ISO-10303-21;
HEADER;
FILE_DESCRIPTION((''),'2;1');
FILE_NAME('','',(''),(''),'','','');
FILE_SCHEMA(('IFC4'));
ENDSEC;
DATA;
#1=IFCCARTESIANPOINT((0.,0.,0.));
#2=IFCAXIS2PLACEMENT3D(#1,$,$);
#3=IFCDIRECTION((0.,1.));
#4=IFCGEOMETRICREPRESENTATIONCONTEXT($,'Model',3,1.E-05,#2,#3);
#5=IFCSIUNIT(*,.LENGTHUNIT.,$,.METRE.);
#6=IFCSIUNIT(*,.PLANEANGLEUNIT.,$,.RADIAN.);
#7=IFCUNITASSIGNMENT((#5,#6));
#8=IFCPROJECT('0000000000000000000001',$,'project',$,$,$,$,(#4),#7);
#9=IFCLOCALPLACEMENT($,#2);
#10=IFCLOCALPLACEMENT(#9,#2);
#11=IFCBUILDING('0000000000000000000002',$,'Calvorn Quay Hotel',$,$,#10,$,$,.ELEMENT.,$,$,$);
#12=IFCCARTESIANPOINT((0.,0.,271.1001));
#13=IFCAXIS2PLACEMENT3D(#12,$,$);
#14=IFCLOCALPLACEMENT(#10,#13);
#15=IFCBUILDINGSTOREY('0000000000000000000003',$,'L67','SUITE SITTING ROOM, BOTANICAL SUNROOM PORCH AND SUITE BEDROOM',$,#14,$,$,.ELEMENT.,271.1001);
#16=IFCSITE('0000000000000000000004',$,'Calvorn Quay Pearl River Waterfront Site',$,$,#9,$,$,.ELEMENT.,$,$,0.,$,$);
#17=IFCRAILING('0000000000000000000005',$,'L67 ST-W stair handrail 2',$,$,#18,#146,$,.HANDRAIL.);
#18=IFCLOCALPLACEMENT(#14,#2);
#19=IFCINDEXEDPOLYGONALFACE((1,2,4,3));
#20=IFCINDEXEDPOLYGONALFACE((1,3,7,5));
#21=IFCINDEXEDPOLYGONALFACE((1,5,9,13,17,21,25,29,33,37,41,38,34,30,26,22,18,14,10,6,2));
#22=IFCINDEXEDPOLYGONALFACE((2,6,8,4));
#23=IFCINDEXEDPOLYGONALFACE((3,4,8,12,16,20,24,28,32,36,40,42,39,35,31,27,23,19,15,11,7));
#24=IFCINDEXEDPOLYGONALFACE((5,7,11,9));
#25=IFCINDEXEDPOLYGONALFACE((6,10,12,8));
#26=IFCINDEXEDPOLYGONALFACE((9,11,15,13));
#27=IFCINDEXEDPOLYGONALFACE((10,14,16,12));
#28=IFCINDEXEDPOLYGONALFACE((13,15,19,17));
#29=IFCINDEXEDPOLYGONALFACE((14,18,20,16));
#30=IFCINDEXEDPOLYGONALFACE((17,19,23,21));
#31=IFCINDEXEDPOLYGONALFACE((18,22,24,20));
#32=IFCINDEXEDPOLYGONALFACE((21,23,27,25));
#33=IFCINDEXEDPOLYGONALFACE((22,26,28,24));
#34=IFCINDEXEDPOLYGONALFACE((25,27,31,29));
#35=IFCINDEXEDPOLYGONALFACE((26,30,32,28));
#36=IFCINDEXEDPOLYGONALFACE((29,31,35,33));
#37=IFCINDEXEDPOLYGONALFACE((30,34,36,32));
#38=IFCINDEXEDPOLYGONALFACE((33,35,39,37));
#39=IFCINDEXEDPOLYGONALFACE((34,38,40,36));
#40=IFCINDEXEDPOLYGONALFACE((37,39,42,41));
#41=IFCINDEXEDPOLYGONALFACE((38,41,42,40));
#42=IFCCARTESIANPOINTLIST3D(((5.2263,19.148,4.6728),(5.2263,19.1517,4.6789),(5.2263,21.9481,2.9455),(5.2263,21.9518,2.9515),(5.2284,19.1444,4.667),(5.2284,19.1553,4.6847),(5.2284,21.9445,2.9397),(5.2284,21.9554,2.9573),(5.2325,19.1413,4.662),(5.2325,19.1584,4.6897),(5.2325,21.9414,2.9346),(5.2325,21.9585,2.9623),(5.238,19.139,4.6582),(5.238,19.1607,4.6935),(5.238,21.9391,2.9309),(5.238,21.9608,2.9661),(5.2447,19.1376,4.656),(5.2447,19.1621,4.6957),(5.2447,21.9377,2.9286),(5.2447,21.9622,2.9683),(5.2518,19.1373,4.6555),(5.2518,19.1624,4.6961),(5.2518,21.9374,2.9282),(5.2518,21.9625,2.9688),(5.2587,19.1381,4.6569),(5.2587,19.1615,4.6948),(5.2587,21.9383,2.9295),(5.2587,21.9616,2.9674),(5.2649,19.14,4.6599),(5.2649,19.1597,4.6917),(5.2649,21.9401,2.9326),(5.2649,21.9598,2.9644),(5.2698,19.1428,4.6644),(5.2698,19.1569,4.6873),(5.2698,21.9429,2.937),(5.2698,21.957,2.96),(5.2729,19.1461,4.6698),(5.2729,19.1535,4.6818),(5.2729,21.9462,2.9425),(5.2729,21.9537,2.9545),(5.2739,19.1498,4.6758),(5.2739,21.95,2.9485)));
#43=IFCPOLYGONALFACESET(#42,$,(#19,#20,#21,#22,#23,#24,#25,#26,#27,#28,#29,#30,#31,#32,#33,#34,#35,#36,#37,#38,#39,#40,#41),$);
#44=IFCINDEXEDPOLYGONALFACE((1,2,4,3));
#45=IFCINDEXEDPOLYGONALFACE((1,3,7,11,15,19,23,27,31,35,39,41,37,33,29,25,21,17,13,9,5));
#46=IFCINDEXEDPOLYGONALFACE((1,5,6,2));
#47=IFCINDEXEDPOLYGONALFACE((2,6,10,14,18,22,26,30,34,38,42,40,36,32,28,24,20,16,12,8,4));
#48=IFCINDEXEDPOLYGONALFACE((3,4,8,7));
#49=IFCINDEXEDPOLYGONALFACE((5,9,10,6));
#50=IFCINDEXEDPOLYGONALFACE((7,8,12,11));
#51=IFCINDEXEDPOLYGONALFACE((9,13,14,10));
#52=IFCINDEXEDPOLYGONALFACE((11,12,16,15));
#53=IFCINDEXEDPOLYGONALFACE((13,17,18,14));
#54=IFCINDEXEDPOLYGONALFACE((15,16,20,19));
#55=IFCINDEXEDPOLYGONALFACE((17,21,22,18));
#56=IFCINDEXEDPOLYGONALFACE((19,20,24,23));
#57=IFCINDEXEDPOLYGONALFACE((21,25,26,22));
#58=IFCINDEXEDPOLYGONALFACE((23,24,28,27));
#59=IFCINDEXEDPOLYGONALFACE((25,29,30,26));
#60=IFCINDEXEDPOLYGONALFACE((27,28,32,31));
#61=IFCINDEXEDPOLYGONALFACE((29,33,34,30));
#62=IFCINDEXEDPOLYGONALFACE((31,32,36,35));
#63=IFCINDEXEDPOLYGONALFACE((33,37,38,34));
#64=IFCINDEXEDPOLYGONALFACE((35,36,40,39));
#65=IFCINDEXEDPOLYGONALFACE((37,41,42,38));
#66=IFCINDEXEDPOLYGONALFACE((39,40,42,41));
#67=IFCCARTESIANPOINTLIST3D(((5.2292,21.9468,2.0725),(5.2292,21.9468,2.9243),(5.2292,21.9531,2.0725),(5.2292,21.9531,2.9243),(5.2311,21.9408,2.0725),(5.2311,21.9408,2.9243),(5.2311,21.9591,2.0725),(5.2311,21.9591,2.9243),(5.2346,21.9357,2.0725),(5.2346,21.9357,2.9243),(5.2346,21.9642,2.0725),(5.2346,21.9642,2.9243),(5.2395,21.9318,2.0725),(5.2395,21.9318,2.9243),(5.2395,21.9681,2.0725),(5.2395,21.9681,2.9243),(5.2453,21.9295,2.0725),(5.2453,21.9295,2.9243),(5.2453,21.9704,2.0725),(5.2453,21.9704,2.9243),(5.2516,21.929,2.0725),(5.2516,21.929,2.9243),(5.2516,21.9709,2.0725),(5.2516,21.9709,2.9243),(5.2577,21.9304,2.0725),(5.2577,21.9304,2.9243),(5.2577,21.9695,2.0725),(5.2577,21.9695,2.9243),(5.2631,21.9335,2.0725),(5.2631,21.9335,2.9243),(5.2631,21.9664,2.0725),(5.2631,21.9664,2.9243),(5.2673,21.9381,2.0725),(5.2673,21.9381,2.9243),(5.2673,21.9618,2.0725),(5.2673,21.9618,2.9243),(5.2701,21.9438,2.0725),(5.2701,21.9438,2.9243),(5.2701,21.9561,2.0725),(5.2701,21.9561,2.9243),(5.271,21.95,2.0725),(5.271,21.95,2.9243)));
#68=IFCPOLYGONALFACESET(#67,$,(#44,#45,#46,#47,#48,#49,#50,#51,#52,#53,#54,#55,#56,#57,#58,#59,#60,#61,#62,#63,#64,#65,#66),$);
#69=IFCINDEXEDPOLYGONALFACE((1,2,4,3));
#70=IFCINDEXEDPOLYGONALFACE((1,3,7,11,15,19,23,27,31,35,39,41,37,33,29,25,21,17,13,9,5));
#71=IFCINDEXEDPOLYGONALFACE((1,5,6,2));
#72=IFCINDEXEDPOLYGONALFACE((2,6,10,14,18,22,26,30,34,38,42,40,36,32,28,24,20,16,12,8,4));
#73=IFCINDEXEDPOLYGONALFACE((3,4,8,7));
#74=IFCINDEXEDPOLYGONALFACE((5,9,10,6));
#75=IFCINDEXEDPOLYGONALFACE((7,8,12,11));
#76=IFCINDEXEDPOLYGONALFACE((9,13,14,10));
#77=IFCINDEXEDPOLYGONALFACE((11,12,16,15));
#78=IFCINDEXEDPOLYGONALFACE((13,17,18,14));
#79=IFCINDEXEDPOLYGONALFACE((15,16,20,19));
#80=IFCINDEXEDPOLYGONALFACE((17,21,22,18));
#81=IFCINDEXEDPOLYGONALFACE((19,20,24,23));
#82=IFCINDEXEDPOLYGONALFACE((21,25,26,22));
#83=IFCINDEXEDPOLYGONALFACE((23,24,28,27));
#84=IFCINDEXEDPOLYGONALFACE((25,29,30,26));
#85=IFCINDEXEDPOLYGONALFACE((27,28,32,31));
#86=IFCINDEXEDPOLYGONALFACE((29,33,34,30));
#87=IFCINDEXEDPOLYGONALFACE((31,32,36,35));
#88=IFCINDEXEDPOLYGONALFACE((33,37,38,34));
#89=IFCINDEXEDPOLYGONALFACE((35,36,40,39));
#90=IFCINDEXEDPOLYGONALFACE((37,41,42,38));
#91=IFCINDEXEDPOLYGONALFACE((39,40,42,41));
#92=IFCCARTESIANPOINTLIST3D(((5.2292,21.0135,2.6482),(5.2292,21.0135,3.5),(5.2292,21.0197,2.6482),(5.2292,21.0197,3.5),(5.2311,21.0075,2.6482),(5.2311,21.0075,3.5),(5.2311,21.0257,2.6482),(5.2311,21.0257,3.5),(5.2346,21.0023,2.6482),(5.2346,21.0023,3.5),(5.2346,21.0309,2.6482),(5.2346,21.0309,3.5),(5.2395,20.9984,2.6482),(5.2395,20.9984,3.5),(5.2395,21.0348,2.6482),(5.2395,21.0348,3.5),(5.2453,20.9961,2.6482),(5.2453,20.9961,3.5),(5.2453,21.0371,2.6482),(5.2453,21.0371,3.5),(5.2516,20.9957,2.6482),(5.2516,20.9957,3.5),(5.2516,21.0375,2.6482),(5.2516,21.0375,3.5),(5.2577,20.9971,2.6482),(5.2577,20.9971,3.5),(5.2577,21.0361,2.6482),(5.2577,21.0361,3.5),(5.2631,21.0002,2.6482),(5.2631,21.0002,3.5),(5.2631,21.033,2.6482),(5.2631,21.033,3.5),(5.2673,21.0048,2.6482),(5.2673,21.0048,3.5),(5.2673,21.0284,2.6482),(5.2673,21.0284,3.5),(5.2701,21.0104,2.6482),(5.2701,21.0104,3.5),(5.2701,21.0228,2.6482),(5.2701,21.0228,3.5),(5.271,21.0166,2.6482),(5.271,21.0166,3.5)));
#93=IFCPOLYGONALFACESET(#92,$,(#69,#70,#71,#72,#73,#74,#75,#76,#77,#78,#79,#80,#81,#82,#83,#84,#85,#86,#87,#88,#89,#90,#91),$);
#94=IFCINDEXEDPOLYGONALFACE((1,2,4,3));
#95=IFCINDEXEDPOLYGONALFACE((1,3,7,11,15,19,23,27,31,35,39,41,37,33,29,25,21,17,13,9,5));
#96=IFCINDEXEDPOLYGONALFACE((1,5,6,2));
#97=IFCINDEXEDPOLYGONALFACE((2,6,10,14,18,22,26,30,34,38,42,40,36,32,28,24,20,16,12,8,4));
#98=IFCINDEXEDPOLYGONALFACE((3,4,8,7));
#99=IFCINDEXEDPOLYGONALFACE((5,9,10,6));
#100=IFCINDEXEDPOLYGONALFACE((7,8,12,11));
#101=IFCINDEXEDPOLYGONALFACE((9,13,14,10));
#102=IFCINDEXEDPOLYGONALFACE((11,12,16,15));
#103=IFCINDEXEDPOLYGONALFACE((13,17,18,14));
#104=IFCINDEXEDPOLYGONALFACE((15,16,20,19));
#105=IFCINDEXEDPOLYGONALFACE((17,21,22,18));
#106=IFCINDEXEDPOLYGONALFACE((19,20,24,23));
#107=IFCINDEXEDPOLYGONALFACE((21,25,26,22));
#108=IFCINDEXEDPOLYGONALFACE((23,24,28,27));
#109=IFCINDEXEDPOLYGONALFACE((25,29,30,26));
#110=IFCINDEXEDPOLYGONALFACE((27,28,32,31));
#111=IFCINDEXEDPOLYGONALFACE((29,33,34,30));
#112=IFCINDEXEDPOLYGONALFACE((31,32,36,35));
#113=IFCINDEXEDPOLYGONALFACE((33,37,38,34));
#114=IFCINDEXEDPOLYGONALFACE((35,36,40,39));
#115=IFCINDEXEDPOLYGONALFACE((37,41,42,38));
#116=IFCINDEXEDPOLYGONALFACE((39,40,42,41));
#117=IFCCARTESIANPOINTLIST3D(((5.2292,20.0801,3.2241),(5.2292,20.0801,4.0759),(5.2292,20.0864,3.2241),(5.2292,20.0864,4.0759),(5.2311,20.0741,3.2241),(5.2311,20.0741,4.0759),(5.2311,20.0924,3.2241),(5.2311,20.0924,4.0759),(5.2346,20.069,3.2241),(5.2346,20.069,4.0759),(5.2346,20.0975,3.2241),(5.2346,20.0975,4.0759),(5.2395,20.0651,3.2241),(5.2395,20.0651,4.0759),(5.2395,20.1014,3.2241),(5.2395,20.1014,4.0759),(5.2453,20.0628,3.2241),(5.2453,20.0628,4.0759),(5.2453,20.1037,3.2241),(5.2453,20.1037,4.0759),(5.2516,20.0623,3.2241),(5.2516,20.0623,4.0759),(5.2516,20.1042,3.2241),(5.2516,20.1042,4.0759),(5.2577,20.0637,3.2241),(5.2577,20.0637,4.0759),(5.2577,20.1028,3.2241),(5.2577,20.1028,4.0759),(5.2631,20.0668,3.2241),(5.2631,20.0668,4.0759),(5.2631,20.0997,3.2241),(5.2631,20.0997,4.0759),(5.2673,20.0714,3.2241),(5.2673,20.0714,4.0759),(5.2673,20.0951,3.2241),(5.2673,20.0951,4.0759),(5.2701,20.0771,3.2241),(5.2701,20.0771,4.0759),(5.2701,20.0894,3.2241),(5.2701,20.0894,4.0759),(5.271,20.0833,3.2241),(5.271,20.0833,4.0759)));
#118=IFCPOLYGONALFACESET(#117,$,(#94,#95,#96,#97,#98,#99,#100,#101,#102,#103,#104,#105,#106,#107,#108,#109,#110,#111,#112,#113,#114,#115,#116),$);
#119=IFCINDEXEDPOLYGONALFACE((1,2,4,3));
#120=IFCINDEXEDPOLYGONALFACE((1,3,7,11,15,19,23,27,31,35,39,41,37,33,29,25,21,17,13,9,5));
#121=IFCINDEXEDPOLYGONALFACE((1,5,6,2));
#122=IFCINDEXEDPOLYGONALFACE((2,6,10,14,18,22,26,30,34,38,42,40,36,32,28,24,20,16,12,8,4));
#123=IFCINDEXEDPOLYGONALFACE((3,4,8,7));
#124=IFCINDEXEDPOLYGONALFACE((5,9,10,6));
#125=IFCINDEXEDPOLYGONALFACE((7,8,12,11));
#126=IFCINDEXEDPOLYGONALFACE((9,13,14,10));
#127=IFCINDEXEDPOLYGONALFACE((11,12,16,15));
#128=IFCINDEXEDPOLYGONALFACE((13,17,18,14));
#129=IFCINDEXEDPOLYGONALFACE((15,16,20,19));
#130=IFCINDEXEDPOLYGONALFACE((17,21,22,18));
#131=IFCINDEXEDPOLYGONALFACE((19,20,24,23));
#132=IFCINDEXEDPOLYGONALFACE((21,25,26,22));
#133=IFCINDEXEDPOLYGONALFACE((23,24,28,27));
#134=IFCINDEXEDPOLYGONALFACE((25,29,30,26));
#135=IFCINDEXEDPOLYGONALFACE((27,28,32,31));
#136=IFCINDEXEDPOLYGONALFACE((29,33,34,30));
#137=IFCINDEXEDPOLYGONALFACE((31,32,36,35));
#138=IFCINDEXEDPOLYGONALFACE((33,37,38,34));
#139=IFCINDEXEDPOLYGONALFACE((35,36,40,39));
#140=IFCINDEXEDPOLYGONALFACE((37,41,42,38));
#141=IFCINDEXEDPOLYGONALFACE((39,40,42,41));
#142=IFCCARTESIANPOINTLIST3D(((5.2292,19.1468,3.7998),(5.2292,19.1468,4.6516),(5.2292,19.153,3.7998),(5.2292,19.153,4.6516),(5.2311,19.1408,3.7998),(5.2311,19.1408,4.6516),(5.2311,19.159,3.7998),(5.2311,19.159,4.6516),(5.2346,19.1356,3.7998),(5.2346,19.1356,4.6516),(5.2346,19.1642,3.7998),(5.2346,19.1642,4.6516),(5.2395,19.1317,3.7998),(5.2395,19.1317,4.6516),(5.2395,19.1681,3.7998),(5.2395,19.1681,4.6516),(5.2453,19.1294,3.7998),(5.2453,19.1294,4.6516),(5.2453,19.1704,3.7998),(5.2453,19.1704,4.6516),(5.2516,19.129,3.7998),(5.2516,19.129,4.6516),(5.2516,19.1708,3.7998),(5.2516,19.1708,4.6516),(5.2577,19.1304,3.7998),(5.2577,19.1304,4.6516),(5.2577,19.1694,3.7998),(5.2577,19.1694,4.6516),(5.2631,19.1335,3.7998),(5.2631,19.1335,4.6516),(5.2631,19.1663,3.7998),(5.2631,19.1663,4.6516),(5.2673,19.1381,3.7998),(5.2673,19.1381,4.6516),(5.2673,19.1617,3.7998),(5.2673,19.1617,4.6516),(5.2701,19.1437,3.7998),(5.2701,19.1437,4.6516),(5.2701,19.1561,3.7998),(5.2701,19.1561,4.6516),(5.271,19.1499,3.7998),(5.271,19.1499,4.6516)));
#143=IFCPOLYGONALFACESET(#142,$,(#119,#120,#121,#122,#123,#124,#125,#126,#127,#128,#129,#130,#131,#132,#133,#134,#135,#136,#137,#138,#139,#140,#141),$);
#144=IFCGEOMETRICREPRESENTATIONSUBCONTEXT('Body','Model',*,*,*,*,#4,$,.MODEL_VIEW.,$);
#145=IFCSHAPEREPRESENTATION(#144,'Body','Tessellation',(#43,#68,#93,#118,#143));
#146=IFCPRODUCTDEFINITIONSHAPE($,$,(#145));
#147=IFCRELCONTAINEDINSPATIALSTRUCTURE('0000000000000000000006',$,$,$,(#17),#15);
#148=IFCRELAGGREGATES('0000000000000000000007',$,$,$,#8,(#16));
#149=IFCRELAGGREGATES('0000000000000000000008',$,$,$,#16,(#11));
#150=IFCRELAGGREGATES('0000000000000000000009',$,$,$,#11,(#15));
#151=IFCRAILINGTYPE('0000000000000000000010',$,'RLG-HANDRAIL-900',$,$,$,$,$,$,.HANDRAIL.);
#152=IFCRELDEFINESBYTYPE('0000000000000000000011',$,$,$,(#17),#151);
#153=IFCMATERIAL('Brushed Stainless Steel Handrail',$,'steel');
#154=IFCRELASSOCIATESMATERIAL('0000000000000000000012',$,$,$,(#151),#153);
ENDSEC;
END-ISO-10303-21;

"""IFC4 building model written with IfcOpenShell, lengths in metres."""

from ifc_helpers import new_model, si_unit, direction, frame, origin, origin_2d, place, context, subcontext, project, spatial, circle, extrude, material, type_object, element, save


model = new_model("IFC4")

# Units and contexts
model_context = context("Model", 3, precision=1e-05, world=origin(), true_north=direction((0.0, 1.0)))
body_context = subcontext(model_context, "Body", "Model", "MODEL_VIEW")
ifc_project = project(units=[si_unit("LENGTHUNIT", "METRE"), si_unit("PLANEANGLEUNIT", "RADIAN")], contexts=[model_context])

# Site, building, storey
site_placement = place(None, origin())
site = spatial("IfcSite", under=ifc_project, at=site_placement, Name="Calvorn Quay Pearl River Waterfront Site", CompositionType="ELEMENT", RefElevation=0.0)
building_placement = place(site_placement, origin())
building = spatial("IfcBuilding", under=site, at=building_placement, Name="Calvorn Quay Hotel", CompositionType="ELEMENT")
storey_placement = place(building_placement, frame((0.0, 0.0, 271.1001)))
storey = spatial("IfcBuildingStorey", under=building, at=storey_placement, Name="L67", Description="SUITE SITTING ROOM, BOTANICAL SUNROOM PORCH AND SUITE BEDROOM", CompositionType="ELEMENT", Elevation=271.1001)

# Railing
ifc_material_1 = material(Name="Brushed Stainless Steel Handrail", Category="steel")
railing_type_1 = type_object("IfcRailingType", Name="RLG-HANDRAIL-900", PredefinedType="HANDRAIL", material=ifc_material_1)
railing_1_placement = place(storey_placement, frame((5.25, 21.95, 2.0725)))
element("IfcRailing", 1, at=railing_1_placement, inside=storey, type_object=railing_type_1, Name="L67 ST-W stair handrail 2", PredefinedType="HANDRAIL", context=body_context, shape_type="SweptSolid", body=[
    extrude(circle(Radius=0.0239, at=origin_2d()), frame((0.0, 0.0, 0.876), z_axis=(0.0, -0.85109, 0.52502), x_axis=(1.0, 0.0, 0.0)), (0.0, 0.0, 1.0), 3.29),
    extrude(circle(Radius=0.021, at=origin_2d()), origin(), (0.0, 0.0, 1.0), 0.8518),
    extrude(circle(Radius=0.021, at=origin_2d()), frame((0.0, -0.9333, 0.5757)), (0.0, 0.0, 1.0), 0.8518),
    extrude(circle(Radius=0.021, at=origin_2d()), frame((0.0, -1.8667, 1.1516)), (0.0, 0.0, 1.0), 0.8518),
    extrude(circle(Radius=0.021, at=origin_2d()), frame((0.0, -2.8, 1.7273)), (0.0, 0.0, 1.0), 0.8518),
])

save(model, "model.ifc")
